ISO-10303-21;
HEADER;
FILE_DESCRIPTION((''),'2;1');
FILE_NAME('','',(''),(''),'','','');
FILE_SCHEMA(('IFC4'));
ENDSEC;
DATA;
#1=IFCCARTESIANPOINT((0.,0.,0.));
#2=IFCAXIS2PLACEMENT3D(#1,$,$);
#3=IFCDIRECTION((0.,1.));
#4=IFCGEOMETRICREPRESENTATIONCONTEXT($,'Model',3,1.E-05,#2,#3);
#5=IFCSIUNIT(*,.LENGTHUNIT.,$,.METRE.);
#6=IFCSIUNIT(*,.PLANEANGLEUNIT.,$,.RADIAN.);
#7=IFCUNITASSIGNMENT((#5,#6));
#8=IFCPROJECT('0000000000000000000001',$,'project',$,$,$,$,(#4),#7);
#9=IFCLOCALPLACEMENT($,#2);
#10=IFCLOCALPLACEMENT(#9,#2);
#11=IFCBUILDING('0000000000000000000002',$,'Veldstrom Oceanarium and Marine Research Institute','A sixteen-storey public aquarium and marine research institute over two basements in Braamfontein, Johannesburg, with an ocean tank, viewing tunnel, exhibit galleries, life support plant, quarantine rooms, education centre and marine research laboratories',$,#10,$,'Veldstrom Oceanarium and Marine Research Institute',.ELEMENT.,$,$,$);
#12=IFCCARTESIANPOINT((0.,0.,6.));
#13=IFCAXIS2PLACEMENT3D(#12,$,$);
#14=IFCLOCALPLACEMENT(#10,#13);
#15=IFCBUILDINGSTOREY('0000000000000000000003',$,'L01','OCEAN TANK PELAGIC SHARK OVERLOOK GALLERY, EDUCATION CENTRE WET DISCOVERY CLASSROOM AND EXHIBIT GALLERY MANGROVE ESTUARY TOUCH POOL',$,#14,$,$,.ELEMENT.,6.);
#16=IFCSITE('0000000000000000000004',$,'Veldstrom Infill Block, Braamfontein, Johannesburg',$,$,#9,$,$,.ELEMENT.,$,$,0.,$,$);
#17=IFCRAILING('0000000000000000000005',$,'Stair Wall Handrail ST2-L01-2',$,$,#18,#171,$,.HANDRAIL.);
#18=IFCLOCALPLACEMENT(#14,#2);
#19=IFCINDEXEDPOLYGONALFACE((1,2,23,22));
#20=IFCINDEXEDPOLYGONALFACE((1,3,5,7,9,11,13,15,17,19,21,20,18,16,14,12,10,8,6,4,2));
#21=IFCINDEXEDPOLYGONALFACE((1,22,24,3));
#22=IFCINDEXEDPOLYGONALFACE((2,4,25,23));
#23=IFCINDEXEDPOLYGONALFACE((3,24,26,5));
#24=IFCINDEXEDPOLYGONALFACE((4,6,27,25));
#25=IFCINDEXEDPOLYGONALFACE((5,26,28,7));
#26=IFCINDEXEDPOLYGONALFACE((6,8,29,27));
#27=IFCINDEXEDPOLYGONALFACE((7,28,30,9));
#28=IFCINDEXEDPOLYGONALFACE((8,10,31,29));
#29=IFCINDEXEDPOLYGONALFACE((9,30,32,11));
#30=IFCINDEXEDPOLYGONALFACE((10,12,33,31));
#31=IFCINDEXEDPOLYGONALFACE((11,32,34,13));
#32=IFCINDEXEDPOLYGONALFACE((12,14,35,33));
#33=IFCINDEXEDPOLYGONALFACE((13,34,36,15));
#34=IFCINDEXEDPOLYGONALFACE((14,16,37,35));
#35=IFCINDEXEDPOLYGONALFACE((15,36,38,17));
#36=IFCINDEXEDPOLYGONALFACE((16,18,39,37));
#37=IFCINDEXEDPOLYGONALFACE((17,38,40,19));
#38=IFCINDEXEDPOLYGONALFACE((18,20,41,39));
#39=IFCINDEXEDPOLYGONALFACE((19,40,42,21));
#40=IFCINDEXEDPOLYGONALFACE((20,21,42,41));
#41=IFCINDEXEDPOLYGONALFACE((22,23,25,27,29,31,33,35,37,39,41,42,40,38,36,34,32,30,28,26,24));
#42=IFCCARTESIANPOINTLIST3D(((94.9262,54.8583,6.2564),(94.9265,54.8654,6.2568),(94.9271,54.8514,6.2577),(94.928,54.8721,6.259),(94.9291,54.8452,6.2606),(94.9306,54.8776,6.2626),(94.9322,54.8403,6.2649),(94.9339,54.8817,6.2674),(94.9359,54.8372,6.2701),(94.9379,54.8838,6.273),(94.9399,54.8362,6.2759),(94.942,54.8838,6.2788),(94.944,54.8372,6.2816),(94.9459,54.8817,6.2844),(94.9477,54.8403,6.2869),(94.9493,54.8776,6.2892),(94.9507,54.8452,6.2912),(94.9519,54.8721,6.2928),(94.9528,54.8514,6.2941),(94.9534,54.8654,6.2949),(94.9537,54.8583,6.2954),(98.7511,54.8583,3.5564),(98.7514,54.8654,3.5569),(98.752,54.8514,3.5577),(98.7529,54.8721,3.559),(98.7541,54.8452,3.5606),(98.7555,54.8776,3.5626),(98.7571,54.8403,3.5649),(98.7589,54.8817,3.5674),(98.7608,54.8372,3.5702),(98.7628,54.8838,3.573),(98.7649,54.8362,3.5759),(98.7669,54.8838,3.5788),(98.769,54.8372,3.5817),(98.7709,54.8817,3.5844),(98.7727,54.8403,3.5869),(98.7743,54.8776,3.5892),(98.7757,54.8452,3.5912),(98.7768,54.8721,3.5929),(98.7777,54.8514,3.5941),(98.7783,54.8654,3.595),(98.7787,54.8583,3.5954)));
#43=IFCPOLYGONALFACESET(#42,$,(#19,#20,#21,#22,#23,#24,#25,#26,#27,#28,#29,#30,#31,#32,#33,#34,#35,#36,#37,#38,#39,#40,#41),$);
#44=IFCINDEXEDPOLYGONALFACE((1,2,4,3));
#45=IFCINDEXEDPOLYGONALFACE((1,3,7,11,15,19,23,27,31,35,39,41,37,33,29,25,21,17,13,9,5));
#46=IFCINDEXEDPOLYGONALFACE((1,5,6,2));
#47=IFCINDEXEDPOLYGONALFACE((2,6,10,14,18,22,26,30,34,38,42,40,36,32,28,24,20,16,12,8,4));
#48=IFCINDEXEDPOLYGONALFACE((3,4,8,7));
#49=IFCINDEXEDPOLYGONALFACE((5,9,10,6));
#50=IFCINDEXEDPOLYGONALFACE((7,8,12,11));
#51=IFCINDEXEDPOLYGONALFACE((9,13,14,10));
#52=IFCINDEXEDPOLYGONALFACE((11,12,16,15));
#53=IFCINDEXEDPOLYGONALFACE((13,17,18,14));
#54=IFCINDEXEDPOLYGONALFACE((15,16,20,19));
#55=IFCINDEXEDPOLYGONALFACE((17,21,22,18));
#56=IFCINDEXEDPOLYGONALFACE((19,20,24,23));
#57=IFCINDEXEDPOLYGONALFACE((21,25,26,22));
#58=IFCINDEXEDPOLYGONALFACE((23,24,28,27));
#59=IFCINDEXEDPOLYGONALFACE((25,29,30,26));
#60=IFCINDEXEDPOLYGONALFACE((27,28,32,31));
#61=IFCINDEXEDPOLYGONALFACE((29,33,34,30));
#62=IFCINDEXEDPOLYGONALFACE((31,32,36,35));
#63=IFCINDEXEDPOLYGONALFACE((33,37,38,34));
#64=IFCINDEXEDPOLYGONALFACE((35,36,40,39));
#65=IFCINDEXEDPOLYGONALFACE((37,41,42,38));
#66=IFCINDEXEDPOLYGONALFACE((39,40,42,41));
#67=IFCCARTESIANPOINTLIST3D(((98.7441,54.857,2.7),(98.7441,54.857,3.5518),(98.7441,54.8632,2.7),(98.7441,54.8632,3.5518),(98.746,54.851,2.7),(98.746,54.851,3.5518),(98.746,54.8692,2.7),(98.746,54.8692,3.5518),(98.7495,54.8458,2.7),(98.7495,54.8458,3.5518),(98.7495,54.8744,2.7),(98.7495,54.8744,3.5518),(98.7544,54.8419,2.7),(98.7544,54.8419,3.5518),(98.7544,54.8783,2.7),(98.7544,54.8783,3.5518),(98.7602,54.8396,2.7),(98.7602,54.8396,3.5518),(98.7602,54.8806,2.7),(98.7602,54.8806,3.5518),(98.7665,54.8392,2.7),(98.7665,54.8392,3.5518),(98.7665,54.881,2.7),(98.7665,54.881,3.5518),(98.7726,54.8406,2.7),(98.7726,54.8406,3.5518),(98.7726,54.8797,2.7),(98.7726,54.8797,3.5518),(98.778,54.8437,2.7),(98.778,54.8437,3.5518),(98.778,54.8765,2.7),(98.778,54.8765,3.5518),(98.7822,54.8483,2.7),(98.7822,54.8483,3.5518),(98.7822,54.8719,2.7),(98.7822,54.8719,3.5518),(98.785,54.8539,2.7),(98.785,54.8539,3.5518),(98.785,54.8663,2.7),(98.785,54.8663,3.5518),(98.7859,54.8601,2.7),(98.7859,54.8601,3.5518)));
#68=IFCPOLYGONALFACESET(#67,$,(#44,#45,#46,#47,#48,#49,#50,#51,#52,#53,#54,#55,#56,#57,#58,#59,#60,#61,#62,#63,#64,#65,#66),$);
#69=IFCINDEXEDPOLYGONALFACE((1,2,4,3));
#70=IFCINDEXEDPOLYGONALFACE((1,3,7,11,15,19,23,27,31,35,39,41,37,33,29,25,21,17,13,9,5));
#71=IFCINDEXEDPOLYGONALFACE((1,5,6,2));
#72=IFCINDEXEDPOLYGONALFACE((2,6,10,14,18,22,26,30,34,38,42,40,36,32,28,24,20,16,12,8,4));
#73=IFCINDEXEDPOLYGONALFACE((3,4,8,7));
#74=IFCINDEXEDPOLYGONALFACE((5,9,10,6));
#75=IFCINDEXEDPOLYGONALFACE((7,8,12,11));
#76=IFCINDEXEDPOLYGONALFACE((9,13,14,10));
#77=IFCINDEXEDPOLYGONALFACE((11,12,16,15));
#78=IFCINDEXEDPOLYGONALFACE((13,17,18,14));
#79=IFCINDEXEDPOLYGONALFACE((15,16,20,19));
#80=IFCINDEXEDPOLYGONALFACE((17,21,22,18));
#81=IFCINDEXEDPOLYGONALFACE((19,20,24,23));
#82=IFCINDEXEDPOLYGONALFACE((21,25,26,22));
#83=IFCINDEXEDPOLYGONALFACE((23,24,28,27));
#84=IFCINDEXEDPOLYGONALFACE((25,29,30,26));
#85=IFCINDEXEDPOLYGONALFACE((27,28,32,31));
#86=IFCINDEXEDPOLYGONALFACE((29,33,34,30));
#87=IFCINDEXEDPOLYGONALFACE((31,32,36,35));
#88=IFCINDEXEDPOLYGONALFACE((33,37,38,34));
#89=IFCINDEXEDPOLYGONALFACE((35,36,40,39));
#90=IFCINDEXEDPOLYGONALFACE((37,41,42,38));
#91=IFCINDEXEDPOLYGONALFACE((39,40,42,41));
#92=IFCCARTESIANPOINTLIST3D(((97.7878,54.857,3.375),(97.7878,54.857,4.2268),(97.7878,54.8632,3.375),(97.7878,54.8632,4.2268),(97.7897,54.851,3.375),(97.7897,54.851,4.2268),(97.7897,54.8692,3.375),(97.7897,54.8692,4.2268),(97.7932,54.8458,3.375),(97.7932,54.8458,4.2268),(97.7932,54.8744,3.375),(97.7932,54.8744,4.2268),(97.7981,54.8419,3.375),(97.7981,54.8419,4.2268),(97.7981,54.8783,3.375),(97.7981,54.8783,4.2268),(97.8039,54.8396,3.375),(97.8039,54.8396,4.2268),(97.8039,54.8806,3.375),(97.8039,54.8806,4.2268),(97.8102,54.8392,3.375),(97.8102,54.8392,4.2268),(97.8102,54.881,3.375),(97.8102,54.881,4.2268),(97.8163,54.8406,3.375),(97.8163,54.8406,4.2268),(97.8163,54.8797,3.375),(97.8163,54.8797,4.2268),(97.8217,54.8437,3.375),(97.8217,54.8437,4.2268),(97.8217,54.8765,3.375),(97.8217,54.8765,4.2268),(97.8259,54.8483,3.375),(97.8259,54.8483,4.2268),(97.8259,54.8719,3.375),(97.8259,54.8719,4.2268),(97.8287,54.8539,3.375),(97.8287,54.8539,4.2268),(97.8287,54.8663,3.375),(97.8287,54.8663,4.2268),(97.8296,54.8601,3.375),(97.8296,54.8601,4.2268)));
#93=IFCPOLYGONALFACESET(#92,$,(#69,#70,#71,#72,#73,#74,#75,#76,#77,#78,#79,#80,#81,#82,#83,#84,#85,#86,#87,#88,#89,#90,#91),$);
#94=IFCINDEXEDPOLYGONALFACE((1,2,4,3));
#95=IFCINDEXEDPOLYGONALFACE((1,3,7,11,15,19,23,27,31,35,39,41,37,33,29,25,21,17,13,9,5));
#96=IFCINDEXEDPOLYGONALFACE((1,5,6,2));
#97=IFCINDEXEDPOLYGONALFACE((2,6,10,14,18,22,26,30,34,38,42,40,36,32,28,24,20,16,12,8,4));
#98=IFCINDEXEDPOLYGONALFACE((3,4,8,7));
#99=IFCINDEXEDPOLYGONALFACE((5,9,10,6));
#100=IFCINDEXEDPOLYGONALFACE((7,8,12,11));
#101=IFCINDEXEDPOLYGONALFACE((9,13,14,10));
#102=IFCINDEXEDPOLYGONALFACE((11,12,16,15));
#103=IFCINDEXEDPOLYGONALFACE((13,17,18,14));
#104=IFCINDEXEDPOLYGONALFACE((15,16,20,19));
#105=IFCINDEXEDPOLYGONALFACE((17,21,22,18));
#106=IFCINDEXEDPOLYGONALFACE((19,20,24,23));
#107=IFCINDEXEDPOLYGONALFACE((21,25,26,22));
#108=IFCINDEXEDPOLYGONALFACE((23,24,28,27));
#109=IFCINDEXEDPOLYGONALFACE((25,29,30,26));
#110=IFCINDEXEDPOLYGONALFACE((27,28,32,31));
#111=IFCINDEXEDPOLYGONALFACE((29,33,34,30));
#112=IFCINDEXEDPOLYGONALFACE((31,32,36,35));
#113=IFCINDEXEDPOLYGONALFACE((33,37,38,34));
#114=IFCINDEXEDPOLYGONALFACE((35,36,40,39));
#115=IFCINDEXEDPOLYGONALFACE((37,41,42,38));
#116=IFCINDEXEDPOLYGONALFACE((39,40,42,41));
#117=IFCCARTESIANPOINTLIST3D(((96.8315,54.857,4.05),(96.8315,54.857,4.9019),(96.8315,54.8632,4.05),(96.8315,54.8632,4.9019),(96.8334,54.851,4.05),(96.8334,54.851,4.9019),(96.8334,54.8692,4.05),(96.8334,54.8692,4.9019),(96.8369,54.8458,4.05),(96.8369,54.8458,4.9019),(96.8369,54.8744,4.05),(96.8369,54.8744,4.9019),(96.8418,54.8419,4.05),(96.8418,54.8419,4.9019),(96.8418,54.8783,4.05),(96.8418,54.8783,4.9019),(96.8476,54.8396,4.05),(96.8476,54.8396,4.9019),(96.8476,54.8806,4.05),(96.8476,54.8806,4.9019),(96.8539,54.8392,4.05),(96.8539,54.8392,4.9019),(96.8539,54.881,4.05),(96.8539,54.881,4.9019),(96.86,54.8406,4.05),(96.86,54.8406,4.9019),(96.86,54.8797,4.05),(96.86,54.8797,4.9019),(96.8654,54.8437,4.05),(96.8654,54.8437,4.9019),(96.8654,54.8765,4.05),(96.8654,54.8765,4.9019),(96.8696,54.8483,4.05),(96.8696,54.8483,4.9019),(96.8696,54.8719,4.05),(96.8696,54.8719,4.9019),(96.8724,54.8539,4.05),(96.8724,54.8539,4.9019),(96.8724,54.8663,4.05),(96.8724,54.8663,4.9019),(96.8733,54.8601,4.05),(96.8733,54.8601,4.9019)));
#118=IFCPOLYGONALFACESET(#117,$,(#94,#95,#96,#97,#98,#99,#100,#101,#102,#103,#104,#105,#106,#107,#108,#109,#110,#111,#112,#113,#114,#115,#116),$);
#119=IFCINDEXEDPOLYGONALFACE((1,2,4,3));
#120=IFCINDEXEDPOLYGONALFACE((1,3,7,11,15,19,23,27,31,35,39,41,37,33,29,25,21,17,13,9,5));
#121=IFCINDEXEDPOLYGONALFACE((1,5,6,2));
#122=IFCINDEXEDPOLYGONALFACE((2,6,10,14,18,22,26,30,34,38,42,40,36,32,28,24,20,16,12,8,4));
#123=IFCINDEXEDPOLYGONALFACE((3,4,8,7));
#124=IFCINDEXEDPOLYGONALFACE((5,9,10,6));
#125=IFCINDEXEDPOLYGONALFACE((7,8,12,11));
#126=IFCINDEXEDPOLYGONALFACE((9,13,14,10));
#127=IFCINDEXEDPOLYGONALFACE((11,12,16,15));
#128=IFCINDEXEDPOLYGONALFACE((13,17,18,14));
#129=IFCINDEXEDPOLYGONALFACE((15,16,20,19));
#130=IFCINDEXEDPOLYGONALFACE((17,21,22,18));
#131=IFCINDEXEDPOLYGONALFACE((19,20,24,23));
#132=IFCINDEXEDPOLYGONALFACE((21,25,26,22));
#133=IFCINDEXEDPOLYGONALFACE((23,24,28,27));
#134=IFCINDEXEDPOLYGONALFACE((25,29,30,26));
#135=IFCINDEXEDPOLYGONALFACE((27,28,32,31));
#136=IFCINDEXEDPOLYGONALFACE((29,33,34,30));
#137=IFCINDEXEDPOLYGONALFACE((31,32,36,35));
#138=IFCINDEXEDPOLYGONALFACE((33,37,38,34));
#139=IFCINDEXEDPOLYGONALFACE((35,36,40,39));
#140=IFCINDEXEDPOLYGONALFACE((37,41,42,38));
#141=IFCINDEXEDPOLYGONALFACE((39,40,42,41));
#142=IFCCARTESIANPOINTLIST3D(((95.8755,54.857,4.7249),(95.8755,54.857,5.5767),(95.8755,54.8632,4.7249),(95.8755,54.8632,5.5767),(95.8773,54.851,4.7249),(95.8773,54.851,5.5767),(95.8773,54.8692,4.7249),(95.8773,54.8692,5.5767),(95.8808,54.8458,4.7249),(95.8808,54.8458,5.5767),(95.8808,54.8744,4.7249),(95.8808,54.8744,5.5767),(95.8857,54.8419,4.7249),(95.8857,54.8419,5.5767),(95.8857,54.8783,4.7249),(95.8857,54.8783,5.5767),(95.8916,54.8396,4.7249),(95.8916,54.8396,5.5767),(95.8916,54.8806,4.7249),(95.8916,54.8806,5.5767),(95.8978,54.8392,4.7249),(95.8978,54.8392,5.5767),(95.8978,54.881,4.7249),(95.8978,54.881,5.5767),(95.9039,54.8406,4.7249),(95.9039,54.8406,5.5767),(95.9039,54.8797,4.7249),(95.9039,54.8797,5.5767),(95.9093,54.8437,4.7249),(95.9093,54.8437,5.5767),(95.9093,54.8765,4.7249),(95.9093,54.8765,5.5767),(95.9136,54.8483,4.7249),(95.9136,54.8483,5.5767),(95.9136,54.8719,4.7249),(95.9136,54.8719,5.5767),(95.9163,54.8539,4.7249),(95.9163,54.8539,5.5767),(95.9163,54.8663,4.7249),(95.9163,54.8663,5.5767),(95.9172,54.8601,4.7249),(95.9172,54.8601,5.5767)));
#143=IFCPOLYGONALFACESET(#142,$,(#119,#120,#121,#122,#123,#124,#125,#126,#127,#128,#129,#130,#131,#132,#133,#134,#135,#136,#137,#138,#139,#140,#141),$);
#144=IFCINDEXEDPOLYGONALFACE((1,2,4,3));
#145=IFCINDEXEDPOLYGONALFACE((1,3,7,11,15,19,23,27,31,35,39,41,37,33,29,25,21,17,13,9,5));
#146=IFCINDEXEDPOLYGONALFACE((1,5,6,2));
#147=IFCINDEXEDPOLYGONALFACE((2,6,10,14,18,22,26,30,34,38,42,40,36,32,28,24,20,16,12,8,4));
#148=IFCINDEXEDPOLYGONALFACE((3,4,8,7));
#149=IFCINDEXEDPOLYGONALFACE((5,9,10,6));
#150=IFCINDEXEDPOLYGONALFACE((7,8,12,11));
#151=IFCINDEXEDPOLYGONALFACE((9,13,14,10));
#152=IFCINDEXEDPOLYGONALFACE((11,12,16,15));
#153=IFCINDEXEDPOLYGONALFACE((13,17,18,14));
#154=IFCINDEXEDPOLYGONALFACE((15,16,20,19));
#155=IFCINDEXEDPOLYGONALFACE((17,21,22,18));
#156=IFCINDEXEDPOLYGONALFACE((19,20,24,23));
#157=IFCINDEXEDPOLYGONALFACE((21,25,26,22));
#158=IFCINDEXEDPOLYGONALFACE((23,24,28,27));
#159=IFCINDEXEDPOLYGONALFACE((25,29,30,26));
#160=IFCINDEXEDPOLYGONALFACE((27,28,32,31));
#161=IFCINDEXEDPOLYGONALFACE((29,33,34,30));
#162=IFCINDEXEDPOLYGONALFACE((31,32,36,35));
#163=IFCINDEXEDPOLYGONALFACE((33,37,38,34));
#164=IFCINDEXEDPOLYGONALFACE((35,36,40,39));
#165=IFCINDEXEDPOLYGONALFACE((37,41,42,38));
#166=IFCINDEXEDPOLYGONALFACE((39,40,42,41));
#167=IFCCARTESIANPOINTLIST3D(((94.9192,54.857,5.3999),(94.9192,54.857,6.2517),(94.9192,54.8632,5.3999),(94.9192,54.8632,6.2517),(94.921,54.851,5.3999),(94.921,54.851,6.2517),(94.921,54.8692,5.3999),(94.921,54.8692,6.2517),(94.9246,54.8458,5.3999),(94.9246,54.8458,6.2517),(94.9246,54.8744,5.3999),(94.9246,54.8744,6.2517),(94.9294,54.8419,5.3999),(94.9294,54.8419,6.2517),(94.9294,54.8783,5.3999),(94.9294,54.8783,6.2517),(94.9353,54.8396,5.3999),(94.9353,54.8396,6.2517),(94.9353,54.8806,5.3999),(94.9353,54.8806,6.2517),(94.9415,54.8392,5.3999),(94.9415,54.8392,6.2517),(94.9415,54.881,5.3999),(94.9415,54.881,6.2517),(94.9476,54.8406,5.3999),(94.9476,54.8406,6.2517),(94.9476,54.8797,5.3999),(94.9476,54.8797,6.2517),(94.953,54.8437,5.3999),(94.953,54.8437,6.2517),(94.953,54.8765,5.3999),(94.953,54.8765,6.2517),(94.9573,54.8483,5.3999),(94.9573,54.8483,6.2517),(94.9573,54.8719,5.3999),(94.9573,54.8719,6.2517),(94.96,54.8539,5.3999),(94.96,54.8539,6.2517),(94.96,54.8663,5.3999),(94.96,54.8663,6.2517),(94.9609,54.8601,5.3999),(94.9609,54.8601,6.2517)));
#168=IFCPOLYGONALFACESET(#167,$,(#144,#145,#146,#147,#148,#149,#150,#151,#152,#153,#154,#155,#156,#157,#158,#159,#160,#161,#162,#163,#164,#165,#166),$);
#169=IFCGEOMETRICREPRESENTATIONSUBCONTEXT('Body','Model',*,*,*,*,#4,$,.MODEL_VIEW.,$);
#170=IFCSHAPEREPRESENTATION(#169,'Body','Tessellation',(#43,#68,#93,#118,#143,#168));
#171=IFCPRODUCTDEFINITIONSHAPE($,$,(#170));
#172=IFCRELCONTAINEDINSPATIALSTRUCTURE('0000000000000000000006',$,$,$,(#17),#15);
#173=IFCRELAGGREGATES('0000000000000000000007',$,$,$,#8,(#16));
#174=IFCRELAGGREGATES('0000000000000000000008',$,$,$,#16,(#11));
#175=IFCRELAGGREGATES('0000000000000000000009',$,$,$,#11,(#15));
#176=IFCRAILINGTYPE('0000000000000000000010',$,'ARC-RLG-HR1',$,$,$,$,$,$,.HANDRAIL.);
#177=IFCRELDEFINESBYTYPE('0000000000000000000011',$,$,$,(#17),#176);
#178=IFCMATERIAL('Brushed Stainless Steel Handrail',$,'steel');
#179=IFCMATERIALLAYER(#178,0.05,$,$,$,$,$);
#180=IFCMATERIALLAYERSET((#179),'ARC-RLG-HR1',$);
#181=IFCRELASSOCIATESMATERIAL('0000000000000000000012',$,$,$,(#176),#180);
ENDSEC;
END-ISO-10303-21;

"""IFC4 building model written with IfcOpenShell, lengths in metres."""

from ifc_helpers import new_model, si_unit, direction, frame, origin, origin_2d, place, context, subcontext, project, spatial, circle, extrude, material, layer, layer_set, type_object, element, save


model = new_model("IFC4")

# Units and contexts
model_context = context("Model", 3, precision=1e-05, world=origin(), true_north=direction((0.0, 1.0)))
body_context = subcontext(model_context, "Body", "Model", "MODEL_VIEW")
ifc_project = project(units=[si_unit("LENGTHUNIT", "METRE"), si_unit("PLANEANGLEUNIT", "RADIAN")], contexts=[model_context])

# Site, building, storey
site_placement = place(None, origin())
site = spatial("IfcSite", under=ifc_project, at=site_placement, Name="Veldstrom Infill Block, Braamfontein, Johannesburg", CompositionType="ELEMENT", RefElevation=0.0)
building_placement = place(site_placement, origin())
building = spatial("IfcBuilding", under=site, at=building_placement, Name="Veldstrom Oceanarium and Marine Research Institute", Description="A sixteen-storey public aquarium and marine research institute over two basements in Braamfontein, Johannesburg, with an ocean tank, viewing tunnel, exhibit galleries, life support plant, quarantine rooms, education centre and marine research laboratories", LongName="Veldstrom Oceanarium and Marine Research Institute", CompositionType="ELEMENT")
storey_placement = place(building_placement, frame((0.0, 0.0, 6.0)))
storey = spatial("IfcBuildingStorey", under=building, at=storey_placement, Name="L01", Description="OCEAN TANK PELAGIC SHARK OVERLOOK GALLERY, EDUCATION CENTRE WET DISCOVERY CLASSROOM AND EXHIBIT GALLERY MANGROVE ESTUARY TOUCH POOL", CompositionType="ELEMENT", Elevation=6.0)

# Railing
ifc_material_1 = material(Name="Brushed Stainless Steel Handrail", Category="steel")
ifc_layer_1 = layer(ifc_material_1, 0.05)
ifc_layer_set_1 = layer_set([ifc_layer_1], Name="ARC-RLG-HR1")
railing_type_1 = type_object("IfcRailingType", Name="ARC-RLG-HR1", PredefinedType="HANDRAIL", material=ifc_layer_set_1)
railing_1_placement = place(storey_placement, frame((98.7649, 54.8601, 2.7)))
element("IfcRailing", 1, at=railing_1_placement, inside=storey, type_object=railing_type_1, Name="Stair Wall Handrail ST2-L01-2", PredefinedType="HANDRAIL", context=body_context, shape_type="SweptSolid", body=[
    extrude(circle(Radius=0.0239, at=origin_2d()), frame((0.0, 0.0, 0.876), z_axis=(-0.816969, 0.0, 0.576681), x_axis=(0.0, -1.0, 0.0)), (0.0, 0.0, 1.0), 4.6819),
    extrude(circle(Radius=0.021, at=origin_2d()), origin(), (0.0, 0.0, 1.0), 0.8518),
    extrude(circle(Radius=0.021, at=origin_2d()), frame((-0.9563, 0.0, 0.675)), (0.0, 0.0, 1.0), 0.8518),
    extrude(circle(Radius=0.021, at=origin_2d()), frame((-1.9126, 0.0, 1.3501)), (0.0, 0.0, 1.0), 0.8518),
    extrude(circle(Radius=0.021, at=origin_2d()), frame((-2.8687, 0.0, 2.0249)), (0.0, 0.0, 1.0), 0.8518),
    extrude(circle(Radius=0.021, at=origin_2d()), frame((-3.825, 0.0, 2.7)), (0.0, 0.0, 1.0), 0.8518),
])

save(model, "model.ifc")
